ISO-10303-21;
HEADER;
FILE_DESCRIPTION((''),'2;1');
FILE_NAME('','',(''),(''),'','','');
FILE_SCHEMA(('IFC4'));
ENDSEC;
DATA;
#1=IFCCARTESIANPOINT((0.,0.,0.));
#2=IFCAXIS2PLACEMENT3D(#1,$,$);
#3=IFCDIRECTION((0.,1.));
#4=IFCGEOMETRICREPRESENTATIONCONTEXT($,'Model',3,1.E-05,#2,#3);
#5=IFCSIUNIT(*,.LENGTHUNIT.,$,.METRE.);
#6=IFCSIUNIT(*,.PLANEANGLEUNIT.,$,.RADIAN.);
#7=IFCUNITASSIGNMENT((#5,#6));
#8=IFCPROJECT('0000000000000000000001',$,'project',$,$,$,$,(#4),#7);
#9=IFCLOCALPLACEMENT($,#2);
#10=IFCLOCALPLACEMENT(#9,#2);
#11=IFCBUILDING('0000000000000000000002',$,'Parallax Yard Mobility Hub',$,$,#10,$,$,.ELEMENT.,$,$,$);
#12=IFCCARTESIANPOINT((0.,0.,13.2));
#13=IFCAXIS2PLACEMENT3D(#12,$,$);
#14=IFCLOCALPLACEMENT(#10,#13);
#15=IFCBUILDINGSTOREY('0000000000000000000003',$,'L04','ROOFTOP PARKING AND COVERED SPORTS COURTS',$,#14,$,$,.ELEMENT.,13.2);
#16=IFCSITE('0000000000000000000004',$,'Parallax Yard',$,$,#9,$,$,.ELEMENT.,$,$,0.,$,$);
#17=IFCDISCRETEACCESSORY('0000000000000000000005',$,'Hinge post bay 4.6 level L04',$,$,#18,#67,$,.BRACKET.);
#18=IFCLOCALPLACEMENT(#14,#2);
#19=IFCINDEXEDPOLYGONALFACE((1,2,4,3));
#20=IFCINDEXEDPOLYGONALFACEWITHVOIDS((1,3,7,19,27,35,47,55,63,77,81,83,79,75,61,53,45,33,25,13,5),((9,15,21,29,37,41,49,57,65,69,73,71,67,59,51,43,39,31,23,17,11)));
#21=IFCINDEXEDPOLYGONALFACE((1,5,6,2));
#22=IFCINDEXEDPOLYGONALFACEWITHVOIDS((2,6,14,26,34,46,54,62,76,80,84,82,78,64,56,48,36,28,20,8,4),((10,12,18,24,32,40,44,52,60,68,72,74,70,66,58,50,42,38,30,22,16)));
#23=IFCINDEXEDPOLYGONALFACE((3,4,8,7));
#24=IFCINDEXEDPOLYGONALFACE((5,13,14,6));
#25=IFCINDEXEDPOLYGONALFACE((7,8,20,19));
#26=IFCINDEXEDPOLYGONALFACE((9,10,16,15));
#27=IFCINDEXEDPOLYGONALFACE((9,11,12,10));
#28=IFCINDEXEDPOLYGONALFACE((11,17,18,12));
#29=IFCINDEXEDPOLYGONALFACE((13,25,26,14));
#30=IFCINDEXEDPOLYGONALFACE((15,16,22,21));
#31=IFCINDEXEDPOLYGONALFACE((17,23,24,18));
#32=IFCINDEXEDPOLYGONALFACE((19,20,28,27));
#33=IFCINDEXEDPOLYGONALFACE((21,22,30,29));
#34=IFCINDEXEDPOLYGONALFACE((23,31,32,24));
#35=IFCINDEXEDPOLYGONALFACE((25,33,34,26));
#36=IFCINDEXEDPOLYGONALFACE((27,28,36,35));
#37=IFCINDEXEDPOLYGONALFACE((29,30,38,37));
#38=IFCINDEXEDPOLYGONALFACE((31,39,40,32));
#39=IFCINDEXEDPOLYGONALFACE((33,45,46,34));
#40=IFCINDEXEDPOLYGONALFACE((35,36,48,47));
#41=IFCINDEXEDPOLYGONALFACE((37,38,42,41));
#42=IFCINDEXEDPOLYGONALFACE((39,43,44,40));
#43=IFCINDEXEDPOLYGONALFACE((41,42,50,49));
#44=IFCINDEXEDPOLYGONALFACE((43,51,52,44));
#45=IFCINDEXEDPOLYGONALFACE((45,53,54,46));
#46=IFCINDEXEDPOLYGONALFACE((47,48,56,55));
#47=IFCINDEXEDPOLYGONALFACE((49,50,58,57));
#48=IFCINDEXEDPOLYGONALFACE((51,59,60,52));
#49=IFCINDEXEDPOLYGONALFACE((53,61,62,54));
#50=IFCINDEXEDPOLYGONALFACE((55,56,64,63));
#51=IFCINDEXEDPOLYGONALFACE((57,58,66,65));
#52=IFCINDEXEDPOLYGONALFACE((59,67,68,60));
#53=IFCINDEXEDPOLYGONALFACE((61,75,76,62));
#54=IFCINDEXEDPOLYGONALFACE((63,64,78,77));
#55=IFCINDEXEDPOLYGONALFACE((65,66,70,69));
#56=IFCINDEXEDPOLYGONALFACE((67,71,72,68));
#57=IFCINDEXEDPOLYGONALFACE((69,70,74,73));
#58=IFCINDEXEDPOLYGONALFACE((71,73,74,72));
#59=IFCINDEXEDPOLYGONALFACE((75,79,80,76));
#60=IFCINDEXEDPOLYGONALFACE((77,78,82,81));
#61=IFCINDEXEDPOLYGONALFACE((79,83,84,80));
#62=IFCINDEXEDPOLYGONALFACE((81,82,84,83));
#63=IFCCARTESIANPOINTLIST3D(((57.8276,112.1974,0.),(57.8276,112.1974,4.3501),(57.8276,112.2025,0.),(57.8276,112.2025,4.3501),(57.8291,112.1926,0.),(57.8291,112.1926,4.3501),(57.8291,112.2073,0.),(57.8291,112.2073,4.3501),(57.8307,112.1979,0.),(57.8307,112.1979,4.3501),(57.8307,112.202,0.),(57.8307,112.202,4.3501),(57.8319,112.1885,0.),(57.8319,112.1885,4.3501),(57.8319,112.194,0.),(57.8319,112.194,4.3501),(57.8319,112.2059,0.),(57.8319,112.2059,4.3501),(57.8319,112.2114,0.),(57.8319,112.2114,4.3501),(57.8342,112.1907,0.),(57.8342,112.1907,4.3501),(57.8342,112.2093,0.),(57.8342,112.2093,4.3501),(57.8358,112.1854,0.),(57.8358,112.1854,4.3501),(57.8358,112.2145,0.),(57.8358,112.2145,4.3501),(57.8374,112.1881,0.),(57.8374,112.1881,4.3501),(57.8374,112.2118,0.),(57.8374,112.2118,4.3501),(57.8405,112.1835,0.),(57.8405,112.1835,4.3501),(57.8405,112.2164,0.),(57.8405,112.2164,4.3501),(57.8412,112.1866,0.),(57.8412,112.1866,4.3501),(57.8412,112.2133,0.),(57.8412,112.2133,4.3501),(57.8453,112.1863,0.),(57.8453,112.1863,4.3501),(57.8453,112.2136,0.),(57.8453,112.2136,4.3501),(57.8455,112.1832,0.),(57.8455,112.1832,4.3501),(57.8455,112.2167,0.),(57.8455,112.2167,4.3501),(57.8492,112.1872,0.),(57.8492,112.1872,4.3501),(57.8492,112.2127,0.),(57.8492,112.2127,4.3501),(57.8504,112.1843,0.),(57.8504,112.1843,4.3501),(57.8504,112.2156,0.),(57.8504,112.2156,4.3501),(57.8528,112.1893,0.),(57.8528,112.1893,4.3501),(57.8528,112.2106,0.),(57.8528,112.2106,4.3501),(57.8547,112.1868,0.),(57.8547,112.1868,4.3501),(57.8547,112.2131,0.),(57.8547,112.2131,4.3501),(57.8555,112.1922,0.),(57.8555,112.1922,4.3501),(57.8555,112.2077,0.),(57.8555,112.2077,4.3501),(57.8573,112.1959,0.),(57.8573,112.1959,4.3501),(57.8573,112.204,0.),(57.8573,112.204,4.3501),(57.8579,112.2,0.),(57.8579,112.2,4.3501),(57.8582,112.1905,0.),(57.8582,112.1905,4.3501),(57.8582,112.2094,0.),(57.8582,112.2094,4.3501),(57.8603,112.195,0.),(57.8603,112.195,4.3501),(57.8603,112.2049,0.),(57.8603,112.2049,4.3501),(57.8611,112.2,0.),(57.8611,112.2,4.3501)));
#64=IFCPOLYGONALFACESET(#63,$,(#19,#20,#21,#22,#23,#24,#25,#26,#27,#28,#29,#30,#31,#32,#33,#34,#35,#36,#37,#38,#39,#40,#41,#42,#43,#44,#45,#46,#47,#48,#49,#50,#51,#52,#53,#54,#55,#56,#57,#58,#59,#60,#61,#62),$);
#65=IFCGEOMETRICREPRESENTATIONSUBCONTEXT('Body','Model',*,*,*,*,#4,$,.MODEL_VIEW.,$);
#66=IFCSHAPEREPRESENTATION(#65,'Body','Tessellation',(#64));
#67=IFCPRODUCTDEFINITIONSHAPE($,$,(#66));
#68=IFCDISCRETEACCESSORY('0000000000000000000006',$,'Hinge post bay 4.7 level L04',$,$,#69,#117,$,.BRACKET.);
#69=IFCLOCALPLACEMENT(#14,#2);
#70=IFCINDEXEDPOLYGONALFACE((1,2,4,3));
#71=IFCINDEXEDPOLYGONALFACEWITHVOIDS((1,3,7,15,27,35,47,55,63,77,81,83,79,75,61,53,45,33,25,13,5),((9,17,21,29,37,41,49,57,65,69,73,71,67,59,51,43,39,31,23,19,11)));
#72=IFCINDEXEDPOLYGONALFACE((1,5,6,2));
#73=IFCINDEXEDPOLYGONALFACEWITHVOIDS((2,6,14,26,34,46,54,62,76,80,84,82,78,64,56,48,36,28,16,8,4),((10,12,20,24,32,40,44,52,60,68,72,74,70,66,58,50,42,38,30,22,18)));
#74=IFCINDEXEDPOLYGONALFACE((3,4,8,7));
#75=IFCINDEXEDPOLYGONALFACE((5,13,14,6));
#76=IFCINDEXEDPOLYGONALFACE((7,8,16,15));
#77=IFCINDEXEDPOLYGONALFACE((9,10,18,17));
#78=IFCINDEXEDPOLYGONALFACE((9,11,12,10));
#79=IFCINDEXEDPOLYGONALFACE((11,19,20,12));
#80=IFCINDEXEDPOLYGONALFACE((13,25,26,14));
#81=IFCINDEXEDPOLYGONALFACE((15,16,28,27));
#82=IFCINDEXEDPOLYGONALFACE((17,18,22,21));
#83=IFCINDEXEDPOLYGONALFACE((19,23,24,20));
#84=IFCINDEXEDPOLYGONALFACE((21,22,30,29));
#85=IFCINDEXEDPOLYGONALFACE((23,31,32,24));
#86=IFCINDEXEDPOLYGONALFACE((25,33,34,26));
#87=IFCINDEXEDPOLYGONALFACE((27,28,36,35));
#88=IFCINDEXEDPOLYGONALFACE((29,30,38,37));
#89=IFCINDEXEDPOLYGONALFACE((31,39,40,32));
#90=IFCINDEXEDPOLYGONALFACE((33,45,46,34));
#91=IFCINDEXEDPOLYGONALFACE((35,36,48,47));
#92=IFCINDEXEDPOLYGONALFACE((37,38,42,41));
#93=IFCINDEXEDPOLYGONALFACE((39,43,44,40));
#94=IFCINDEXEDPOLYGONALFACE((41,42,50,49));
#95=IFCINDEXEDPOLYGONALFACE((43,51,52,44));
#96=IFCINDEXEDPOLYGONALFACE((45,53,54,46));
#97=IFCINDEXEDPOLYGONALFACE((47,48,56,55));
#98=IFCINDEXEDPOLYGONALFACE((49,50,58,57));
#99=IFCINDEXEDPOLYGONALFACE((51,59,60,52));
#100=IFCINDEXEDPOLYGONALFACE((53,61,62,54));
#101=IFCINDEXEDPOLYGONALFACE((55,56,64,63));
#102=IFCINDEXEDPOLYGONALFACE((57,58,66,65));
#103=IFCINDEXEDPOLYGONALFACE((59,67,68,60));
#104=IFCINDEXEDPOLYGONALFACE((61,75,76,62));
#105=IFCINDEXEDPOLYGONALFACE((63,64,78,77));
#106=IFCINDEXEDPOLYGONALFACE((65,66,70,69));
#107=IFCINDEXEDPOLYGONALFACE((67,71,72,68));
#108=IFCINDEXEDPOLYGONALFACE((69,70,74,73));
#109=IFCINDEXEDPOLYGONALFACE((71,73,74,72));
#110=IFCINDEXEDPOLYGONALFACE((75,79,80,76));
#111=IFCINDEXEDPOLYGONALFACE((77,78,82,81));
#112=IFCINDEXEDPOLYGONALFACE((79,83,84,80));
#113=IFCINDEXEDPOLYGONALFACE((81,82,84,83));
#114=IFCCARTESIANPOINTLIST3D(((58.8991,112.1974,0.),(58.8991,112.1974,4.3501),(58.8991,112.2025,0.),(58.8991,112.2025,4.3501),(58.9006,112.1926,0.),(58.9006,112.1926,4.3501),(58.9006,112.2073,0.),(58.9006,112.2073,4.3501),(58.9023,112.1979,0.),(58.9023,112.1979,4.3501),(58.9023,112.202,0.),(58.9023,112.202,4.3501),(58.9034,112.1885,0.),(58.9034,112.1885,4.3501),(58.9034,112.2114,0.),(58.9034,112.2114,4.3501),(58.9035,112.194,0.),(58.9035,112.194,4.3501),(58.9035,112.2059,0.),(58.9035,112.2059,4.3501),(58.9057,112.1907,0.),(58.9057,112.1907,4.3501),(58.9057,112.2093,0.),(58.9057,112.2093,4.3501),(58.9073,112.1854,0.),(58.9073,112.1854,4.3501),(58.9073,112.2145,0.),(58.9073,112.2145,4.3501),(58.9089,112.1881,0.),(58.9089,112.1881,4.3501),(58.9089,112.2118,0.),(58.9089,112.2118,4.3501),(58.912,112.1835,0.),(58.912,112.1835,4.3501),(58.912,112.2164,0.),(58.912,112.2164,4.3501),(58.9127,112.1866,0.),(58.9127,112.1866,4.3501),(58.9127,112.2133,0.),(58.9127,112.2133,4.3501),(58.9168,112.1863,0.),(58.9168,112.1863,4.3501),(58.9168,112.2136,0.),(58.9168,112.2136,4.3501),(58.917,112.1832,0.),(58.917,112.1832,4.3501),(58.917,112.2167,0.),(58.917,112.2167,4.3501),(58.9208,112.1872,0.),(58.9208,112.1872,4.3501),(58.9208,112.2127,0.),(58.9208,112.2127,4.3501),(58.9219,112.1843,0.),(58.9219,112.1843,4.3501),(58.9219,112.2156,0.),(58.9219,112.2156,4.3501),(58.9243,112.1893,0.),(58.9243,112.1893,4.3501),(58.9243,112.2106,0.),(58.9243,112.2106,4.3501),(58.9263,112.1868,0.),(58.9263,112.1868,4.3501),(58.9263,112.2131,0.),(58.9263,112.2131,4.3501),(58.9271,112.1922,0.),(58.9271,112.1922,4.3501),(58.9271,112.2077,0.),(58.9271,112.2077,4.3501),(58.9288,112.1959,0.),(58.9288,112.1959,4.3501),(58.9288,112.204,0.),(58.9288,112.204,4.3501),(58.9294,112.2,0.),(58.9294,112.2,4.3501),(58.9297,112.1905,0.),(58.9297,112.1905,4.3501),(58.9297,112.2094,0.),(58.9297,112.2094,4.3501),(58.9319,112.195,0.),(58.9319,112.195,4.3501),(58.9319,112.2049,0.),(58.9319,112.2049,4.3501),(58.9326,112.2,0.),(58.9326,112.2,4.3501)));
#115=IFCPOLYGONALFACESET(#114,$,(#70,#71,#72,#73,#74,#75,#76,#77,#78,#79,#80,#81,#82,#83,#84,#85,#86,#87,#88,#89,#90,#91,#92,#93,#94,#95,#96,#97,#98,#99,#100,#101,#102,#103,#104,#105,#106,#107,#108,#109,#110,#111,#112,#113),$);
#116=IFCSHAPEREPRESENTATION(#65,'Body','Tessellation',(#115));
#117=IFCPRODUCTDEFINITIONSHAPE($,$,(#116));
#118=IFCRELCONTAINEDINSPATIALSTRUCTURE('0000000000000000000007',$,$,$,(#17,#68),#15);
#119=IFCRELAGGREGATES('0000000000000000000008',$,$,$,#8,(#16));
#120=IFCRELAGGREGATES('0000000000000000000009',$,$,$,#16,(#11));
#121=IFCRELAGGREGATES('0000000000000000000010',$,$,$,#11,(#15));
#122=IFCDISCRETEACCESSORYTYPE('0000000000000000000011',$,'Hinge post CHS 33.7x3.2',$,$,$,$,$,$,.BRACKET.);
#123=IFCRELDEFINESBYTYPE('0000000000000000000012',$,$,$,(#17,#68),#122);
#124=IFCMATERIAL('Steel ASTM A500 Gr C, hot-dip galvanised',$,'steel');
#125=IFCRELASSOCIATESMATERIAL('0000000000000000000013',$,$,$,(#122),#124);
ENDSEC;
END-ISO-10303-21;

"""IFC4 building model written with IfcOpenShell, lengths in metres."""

from ifc_helpers import new_model, si_unit, direction, frame, origin, origin_2d, place, context, subcontext, project, spatial, hollow_circle, extrude, material, material_profile, profile_set, type_object, element, save


model = new_model("IFC4")

# Units and contexts
model_context = context("Model", 3, precision=1e-05, world=origin(), true_north=direction((0.0, 1.0)))
body_context = subcontext(model_context, "Body", "Model", "MODEL_VIEW")
ifc_project = project(units=[si_unit("LENGTHUNIT", "METRE"), si_unit("PLANEANGLEUNIT", "RADIAN")], contexts=[model_context])

# Site, building, storey
site_placement = place(None, origin())
site = spatial("IfcSite", under=ifc_project, at=site_placement, Name="Parallax Yard", CompositionType="ELEMENT", RefElevation=0.0)
building_placement = place(site_placement, origin())
building = spatial("IfcBuilding", under=site, at=building_placement, Name="Parallax Yard Mobility Hub", CompositionType="ELEMENT")
storey_placement = place(building_placement, frame((0.0, 0.0, 13.2)))
storey = spatial("IfcBuildingStorey", under=building, at=storey_placement, Name="L04", Description="ROOFTOP PARKING AND COVERED SPORTS COURTS", CompositionType="ELEMENT", Elevation=13.2)

# Discrete accessories
ifc_material_1 = material(Name="Steel ASTM A500 Gr C, hot-dip galvanised", Category="steel")
ifc_material_profile_1 = material_profile(ifc_material_1, hollow_circle(Radius=0.0168, WallThickness=0.0032, at=origin_2d()), Name="CHS 33.7x3.2")
ifc_profile_set_1 = profile_set([ifc_material_profile_1], Name="Steel ASTM A500 Gr C, hot-dip galvanised")
discrete_accessory_type_1 = type_object("IfcDiscreteAccessoryType", Name="Hinge post CHS 33.7x3.2", PredefinedType="BRACKET", material=ifc_profile_set_1)
for number, where, z_axis, x_axis, name in (
    (1, (57.8442, 112.2, 0.0), (0.0, 0.0, 1.0), (1.0, 0.0, 0.0), "Hinge post bay 4.6 level L04"),
    (2, (58.9158, 112.2, 0.0), (0.0, 0.0, 1.0), (1.0, 0.0, 0.0), "Hinge post bay 4.7 level L04"),
):
    element("IfcDiscreteAccessory", number, at=place(storey_placement, frame(where, z_axis=z_axis, x_axis=x_axis)), inside=storey, type_object=discrete_accessory_type_1, Name=name, PredefinedType="BRACKET", context=body_context, shape_type="SweptSolid", body=[
        extrude(hollow_circle(Radius=0.0168, WallThickness=0.0032, at=origin_2d()), origin(), (0.0, 0.0, 1.0), 4.3501),
    ])

save(model, "model.ifc")
